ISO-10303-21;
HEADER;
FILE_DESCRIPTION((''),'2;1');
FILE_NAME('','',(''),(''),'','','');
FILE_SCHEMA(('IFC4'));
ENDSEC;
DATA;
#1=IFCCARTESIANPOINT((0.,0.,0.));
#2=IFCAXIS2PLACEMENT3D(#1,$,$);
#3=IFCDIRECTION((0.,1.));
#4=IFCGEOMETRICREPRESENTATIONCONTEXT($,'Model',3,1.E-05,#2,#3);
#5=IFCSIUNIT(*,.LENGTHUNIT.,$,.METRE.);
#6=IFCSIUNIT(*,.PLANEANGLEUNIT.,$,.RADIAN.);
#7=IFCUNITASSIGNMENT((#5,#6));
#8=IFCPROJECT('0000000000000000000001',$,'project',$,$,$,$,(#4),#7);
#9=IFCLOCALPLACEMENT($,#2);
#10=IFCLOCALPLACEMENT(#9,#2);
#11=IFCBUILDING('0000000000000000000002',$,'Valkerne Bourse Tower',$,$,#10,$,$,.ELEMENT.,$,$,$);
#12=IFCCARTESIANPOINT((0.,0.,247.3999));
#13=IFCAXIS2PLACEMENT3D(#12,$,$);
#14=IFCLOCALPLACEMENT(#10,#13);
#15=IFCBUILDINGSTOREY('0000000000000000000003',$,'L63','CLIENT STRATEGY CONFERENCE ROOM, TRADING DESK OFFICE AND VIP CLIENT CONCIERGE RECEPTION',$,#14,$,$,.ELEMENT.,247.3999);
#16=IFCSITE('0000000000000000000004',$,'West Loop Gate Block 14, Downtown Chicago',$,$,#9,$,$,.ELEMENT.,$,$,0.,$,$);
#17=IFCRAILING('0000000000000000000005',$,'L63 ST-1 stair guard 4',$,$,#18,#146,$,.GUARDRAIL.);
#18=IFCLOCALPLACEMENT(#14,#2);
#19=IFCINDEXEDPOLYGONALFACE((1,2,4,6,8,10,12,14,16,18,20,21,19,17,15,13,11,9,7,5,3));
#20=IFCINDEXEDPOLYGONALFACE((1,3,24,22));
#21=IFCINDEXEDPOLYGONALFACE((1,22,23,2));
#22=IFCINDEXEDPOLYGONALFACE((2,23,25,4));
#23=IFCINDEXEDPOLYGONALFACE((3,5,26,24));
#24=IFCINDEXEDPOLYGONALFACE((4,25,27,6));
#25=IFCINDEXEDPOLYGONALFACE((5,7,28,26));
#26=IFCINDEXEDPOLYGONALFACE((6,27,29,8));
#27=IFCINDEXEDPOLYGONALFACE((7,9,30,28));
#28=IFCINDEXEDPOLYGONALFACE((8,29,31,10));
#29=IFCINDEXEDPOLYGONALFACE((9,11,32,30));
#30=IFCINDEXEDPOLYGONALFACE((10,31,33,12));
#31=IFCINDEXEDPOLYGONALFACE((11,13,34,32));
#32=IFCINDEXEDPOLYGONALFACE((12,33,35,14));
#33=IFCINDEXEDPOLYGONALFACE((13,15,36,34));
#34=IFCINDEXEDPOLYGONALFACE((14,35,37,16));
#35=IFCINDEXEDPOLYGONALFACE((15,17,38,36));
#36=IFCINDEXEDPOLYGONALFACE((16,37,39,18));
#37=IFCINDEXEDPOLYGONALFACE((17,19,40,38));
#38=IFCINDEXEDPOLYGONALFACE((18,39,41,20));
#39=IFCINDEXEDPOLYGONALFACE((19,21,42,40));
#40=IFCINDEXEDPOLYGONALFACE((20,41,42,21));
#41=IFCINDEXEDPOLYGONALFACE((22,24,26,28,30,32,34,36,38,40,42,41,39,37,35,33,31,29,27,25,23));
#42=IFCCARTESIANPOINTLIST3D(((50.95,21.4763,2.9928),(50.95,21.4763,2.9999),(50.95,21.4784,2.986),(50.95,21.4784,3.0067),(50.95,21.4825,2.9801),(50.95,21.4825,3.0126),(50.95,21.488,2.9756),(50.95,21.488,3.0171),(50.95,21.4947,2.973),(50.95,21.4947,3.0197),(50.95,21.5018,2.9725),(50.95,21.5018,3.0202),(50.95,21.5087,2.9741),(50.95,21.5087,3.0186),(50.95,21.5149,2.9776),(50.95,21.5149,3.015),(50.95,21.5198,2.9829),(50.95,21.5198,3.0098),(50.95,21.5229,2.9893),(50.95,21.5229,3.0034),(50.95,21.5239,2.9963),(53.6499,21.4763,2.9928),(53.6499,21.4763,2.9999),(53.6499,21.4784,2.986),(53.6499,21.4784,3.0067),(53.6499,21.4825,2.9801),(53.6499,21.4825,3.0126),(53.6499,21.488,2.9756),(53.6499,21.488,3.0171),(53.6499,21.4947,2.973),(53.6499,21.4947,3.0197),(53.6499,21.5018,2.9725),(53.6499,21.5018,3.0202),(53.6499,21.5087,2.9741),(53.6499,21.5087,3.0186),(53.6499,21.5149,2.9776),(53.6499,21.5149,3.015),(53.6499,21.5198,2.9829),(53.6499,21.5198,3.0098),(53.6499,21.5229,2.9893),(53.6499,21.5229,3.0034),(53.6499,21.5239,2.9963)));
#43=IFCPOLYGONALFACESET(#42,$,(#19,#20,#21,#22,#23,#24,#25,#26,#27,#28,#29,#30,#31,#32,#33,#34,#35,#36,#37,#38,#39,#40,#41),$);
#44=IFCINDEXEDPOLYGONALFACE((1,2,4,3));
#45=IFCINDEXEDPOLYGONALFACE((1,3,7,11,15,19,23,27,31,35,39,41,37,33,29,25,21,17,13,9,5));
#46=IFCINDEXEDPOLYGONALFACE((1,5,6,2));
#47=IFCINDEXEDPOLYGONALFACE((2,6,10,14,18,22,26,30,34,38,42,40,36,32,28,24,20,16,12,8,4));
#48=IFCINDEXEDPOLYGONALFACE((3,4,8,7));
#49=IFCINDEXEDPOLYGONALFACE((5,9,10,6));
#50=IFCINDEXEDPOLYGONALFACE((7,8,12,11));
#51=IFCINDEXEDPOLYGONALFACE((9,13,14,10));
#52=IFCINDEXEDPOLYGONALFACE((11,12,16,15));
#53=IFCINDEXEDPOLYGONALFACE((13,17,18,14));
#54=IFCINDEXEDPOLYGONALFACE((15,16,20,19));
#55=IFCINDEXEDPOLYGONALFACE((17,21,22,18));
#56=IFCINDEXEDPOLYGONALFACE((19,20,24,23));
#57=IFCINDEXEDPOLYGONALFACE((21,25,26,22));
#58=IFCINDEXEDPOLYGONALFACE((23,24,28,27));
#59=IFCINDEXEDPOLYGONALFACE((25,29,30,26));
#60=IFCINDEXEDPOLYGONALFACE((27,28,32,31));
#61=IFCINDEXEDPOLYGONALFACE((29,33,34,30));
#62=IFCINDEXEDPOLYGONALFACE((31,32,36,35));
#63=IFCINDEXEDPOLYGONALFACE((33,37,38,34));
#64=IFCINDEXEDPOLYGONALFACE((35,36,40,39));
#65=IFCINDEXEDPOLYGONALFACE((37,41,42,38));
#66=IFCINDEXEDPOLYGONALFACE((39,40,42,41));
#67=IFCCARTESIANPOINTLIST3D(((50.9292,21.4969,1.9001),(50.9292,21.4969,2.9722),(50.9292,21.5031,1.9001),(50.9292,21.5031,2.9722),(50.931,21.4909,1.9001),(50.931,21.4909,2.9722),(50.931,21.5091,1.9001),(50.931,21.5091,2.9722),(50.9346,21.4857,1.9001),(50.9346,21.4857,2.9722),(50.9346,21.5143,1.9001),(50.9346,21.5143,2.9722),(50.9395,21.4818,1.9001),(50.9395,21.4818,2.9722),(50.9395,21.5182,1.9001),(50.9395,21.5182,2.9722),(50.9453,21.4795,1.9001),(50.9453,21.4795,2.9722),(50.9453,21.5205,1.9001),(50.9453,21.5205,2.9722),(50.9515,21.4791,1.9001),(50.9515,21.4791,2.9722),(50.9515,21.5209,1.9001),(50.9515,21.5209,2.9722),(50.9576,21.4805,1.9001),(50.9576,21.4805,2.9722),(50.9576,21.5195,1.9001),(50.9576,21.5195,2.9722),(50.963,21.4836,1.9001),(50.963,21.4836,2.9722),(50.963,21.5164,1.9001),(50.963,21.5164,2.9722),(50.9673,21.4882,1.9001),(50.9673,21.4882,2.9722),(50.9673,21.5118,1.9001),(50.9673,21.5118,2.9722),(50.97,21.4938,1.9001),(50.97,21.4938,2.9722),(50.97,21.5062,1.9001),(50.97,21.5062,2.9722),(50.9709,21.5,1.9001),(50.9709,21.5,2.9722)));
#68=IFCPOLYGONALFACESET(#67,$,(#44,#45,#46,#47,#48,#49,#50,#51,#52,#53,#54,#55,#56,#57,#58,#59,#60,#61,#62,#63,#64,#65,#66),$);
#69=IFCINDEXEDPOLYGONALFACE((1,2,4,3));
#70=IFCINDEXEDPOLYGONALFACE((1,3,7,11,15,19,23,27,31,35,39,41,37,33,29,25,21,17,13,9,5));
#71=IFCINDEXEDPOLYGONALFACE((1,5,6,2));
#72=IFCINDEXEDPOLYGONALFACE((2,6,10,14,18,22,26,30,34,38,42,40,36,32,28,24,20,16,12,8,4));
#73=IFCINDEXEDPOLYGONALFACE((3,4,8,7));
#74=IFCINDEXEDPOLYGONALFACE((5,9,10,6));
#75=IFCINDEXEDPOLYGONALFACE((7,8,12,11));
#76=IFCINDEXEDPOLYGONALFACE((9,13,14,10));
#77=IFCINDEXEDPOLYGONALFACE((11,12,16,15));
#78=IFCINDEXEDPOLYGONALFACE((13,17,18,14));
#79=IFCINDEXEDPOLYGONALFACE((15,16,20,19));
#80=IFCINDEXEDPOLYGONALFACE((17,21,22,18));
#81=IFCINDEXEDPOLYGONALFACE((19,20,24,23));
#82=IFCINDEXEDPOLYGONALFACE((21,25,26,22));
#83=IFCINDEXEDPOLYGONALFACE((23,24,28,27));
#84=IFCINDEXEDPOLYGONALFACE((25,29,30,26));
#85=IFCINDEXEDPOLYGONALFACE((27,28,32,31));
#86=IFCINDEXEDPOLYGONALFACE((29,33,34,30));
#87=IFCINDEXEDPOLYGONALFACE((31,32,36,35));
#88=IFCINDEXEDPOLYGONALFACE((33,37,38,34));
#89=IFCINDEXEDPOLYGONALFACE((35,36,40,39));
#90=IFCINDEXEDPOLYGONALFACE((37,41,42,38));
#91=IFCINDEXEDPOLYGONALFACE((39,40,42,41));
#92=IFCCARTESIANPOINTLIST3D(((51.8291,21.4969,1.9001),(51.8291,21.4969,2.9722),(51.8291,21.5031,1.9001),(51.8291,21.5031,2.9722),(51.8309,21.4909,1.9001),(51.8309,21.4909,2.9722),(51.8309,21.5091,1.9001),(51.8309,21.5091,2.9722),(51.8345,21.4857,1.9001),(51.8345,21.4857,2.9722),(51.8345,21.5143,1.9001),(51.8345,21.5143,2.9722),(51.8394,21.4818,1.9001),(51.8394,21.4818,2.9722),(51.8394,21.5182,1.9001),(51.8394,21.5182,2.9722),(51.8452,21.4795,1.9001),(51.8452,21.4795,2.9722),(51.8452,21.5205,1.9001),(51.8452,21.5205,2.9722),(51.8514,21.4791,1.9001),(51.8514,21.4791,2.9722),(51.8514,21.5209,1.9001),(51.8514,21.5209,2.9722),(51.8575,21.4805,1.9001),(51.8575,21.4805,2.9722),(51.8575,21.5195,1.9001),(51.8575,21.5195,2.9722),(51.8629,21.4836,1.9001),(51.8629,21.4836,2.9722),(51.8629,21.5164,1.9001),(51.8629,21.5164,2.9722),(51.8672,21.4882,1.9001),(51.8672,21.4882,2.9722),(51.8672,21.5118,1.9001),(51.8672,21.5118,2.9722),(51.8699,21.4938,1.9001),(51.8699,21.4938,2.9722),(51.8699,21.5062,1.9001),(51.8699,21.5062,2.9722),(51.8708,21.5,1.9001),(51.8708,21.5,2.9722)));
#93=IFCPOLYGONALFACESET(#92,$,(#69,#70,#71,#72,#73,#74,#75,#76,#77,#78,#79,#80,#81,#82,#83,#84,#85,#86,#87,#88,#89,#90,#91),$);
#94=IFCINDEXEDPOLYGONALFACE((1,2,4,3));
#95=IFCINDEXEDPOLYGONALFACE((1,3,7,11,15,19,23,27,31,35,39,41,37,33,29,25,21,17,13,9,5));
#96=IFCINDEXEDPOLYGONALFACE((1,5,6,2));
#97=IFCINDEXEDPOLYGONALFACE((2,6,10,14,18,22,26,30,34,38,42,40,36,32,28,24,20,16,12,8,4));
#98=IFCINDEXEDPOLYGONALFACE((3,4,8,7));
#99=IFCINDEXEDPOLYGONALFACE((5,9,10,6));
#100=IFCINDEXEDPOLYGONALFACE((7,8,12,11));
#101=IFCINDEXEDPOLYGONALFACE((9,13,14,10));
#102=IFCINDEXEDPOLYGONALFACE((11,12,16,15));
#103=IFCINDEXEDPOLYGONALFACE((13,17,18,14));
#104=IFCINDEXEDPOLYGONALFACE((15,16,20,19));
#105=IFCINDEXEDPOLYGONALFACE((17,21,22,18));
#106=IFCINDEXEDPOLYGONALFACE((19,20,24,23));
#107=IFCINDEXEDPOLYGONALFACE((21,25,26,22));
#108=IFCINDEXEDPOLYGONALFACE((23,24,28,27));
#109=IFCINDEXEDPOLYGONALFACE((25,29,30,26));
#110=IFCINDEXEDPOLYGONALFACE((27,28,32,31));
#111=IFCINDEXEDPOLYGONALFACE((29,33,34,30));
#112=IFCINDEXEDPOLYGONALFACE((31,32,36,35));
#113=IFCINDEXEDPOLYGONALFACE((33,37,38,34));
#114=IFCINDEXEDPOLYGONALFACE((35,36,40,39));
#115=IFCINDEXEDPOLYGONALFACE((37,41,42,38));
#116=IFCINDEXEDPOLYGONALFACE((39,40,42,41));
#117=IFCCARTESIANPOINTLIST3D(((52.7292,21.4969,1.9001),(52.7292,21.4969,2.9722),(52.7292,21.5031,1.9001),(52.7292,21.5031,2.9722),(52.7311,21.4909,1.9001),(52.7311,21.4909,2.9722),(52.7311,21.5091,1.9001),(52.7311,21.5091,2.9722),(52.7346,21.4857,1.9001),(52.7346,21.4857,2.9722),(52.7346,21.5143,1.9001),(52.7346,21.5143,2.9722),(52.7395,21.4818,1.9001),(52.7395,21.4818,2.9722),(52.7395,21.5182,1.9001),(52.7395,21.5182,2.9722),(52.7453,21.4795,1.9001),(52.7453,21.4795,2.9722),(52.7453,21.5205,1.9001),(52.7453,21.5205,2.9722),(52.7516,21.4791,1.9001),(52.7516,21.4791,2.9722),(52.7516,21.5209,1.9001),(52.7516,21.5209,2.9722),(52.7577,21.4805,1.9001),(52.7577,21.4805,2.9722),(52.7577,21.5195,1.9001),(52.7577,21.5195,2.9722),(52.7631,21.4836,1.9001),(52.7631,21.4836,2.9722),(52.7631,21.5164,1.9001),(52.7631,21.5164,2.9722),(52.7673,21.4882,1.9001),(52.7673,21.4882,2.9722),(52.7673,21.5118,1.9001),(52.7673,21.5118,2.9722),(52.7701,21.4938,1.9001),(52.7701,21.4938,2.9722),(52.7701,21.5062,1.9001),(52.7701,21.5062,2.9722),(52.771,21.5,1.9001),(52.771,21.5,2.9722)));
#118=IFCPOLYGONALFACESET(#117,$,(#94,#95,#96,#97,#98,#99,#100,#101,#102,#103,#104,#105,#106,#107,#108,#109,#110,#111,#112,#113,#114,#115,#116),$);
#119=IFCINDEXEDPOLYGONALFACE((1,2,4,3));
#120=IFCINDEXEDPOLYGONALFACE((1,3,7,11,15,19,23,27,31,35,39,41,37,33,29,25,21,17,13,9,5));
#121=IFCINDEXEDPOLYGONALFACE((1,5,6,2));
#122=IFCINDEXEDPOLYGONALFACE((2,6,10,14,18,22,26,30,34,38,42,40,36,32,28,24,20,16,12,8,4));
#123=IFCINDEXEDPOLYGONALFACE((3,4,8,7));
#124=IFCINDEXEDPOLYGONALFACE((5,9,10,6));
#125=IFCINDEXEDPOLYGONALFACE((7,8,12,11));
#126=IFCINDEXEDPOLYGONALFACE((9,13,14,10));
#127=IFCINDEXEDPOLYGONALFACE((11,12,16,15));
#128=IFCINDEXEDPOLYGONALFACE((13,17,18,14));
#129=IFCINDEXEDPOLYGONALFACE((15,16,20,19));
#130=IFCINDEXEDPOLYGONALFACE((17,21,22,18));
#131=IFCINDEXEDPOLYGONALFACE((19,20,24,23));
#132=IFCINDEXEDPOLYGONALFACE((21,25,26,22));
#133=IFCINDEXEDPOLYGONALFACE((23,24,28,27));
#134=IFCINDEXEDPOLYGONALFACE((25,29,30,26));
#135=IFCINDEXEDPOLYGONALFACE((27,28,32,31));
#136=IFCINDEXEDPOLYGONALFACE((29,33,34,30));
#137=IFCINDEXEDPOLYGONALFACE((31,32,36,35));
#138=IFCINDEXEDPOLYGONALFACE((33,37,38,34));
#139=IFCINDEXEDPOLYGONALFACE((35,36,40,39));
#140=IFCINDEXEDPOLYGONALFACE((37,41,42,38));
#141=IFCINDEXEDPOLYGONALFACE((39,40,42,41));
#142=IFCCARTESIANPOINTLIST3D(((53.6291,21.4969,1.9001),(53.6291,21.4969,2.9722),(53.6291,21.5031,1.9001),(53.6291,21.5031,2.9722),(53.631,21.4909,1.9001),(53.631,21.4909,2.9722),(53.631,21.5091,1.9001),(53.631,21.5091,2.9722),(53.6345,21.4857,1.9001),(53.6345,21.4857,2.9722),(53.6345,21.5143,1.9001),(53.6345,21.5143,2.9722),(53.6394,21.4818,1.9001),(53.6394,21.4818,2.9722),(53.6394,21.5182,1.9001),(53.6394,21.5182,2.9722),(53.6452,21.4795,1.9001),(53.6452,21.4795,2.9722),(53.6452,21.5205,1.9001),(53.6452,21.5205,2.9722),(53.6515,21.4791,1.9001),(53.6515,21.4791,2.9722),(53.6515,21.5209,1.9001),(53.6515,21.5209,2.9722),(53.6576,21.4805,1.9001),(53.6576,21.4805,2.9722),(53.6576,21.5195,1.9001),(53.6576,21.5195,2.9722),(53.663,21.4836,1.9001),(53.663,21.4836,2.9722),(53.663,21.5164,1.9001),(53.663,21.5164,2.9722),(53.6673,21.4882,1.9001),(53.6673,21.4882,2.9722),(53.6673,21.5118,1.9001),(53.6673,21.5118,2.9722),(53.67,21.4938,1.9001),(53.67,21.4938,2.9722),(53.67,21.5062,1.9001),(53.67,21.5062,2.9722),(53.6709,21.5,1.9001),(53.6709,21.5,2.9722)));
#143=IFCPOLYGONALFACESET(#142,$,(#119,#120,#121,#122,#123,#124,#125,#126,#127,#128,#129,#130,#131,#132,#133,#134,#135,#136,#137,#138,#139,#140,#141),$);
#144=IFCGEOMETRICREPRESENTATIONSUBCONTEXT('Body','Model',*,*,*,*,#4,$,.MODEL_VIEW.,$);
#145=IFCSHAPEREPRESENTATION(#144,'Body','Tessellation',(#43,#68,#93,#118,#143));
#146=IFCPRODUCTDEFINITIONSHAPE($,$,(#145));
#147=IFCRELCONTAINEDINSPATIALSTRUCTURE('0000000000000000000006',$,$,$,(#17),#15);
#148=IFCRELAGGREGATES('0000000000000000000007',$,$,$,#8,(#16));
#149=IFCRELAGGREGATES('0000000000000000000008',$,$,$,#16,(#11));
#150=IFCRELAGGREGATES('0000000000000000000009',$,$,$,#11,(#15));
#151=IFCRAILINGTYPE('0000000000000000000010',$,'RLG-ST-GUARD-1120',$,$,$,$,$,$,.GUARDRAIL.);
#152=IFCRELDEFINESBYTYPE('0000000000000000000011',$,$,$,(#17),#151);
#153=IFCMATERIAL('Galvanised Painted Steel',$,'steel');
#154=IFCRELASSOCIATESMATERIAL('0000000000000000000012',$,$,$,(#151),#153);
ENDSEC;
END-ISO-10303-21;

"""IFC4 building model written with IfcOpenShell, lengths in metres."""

from ifc_helpers import new_model, si_unit, direction, frame, origin, origin_2d, place, context, subcontext, project, spatial, circle, extrude, material, type_object, element, save


model = new_model("IFC4")

# Units and contexts
model_context = context("Model", 3, precision=1e-05, world=origin(), true_north=direction((0.0, 1.0)))
body_context = subcontext(model_context, "Body", "Model", "MODEL_VIEW")
ifc_project = project(units=[si_unit("LENGTHUNIT", "METRE"), si_unit("PLANEANGLEUNIT", "RADIAN")], contexts=[model_context])

# Site, building, storey
site_placement = place(None, origin())
site = spatial("IfcSite", under=ifc_project, at=site_placement, Name="West Loop Gate Block 14, Downtown Chicago", CompositionType="ELEMENT", RefElevation=0.0)
building_placement = place(site_placement, origin())
building = spatial("IfcBuilding", under=site, at=building_placement, Name="Valkerne Bourse Tower", CompositionType="ELEMENT")
storey_placement = place(building_placement, frame((0.0, 0.0, 247.3999)))
storey = spatial("IfcBuildingStorey", under=building, at=storey_placement, Name="L63", Description="CLIENT STRATEGY CONFERENCE ROOM, TRADING DESK OFFICE AND VIP CLIENT CONCIERGE RECEPTION", CompositionType="ELEMENT", Elevation=247.3999)

# Shared definitions
ifc_material_1 = material(Name="Galvanised Painted Steel", Category="steel")

# Railing
railing_type_1 = type_object("IfcRailingType", Name="RLG-ST-GUARD-1120", PredefinedType="GUARDRAIL", material=ifc_material_1)
railing_1_placement = place(storey_placement, frame((50.95, 21.5, 1.9001)))
element("IfcRailing", 1, at=railing_1_placement, inside=storey, type_object=railing_type_1, Name="L63 ST-1 stair guard 4", PredefinedType="GUARDRAIL", context=body_context, shape_type="SweptSolid", body=[
    extrude(circle(Radius=0.0239, at=origin_2d()), frame((0.0, 0.0, 1.0962), z_axis=(1.0, 0.0, 0.0), x_axis=(0.0, 1.0, 0.0)), (0.0, 0.0, 1.0), 2.7),
    extrude(circle(Radius=0.021, at=origin_2d()), origin(), (0.0, 0.0, 1.0), 1.072),
    extrude(circle(Radius=0.021, at=origin_2d()), frame((0.8999, 0.0, 0.0)), (0.0, 0.0, 1.0), 1.072),
    extrude(circle(Radius=0.021, at=origin_2d()), frame((1.8, 0.0, 0.0)), (0.0, 0.0, 1.0), 1.072),
    extrude(circle(Radius=0.021, at=origin_2d()), frame((2.7, 0.0, 0.0)), (0.0, 0.0, 1.0), 1.072),
])

save(model, "model.ifc")
